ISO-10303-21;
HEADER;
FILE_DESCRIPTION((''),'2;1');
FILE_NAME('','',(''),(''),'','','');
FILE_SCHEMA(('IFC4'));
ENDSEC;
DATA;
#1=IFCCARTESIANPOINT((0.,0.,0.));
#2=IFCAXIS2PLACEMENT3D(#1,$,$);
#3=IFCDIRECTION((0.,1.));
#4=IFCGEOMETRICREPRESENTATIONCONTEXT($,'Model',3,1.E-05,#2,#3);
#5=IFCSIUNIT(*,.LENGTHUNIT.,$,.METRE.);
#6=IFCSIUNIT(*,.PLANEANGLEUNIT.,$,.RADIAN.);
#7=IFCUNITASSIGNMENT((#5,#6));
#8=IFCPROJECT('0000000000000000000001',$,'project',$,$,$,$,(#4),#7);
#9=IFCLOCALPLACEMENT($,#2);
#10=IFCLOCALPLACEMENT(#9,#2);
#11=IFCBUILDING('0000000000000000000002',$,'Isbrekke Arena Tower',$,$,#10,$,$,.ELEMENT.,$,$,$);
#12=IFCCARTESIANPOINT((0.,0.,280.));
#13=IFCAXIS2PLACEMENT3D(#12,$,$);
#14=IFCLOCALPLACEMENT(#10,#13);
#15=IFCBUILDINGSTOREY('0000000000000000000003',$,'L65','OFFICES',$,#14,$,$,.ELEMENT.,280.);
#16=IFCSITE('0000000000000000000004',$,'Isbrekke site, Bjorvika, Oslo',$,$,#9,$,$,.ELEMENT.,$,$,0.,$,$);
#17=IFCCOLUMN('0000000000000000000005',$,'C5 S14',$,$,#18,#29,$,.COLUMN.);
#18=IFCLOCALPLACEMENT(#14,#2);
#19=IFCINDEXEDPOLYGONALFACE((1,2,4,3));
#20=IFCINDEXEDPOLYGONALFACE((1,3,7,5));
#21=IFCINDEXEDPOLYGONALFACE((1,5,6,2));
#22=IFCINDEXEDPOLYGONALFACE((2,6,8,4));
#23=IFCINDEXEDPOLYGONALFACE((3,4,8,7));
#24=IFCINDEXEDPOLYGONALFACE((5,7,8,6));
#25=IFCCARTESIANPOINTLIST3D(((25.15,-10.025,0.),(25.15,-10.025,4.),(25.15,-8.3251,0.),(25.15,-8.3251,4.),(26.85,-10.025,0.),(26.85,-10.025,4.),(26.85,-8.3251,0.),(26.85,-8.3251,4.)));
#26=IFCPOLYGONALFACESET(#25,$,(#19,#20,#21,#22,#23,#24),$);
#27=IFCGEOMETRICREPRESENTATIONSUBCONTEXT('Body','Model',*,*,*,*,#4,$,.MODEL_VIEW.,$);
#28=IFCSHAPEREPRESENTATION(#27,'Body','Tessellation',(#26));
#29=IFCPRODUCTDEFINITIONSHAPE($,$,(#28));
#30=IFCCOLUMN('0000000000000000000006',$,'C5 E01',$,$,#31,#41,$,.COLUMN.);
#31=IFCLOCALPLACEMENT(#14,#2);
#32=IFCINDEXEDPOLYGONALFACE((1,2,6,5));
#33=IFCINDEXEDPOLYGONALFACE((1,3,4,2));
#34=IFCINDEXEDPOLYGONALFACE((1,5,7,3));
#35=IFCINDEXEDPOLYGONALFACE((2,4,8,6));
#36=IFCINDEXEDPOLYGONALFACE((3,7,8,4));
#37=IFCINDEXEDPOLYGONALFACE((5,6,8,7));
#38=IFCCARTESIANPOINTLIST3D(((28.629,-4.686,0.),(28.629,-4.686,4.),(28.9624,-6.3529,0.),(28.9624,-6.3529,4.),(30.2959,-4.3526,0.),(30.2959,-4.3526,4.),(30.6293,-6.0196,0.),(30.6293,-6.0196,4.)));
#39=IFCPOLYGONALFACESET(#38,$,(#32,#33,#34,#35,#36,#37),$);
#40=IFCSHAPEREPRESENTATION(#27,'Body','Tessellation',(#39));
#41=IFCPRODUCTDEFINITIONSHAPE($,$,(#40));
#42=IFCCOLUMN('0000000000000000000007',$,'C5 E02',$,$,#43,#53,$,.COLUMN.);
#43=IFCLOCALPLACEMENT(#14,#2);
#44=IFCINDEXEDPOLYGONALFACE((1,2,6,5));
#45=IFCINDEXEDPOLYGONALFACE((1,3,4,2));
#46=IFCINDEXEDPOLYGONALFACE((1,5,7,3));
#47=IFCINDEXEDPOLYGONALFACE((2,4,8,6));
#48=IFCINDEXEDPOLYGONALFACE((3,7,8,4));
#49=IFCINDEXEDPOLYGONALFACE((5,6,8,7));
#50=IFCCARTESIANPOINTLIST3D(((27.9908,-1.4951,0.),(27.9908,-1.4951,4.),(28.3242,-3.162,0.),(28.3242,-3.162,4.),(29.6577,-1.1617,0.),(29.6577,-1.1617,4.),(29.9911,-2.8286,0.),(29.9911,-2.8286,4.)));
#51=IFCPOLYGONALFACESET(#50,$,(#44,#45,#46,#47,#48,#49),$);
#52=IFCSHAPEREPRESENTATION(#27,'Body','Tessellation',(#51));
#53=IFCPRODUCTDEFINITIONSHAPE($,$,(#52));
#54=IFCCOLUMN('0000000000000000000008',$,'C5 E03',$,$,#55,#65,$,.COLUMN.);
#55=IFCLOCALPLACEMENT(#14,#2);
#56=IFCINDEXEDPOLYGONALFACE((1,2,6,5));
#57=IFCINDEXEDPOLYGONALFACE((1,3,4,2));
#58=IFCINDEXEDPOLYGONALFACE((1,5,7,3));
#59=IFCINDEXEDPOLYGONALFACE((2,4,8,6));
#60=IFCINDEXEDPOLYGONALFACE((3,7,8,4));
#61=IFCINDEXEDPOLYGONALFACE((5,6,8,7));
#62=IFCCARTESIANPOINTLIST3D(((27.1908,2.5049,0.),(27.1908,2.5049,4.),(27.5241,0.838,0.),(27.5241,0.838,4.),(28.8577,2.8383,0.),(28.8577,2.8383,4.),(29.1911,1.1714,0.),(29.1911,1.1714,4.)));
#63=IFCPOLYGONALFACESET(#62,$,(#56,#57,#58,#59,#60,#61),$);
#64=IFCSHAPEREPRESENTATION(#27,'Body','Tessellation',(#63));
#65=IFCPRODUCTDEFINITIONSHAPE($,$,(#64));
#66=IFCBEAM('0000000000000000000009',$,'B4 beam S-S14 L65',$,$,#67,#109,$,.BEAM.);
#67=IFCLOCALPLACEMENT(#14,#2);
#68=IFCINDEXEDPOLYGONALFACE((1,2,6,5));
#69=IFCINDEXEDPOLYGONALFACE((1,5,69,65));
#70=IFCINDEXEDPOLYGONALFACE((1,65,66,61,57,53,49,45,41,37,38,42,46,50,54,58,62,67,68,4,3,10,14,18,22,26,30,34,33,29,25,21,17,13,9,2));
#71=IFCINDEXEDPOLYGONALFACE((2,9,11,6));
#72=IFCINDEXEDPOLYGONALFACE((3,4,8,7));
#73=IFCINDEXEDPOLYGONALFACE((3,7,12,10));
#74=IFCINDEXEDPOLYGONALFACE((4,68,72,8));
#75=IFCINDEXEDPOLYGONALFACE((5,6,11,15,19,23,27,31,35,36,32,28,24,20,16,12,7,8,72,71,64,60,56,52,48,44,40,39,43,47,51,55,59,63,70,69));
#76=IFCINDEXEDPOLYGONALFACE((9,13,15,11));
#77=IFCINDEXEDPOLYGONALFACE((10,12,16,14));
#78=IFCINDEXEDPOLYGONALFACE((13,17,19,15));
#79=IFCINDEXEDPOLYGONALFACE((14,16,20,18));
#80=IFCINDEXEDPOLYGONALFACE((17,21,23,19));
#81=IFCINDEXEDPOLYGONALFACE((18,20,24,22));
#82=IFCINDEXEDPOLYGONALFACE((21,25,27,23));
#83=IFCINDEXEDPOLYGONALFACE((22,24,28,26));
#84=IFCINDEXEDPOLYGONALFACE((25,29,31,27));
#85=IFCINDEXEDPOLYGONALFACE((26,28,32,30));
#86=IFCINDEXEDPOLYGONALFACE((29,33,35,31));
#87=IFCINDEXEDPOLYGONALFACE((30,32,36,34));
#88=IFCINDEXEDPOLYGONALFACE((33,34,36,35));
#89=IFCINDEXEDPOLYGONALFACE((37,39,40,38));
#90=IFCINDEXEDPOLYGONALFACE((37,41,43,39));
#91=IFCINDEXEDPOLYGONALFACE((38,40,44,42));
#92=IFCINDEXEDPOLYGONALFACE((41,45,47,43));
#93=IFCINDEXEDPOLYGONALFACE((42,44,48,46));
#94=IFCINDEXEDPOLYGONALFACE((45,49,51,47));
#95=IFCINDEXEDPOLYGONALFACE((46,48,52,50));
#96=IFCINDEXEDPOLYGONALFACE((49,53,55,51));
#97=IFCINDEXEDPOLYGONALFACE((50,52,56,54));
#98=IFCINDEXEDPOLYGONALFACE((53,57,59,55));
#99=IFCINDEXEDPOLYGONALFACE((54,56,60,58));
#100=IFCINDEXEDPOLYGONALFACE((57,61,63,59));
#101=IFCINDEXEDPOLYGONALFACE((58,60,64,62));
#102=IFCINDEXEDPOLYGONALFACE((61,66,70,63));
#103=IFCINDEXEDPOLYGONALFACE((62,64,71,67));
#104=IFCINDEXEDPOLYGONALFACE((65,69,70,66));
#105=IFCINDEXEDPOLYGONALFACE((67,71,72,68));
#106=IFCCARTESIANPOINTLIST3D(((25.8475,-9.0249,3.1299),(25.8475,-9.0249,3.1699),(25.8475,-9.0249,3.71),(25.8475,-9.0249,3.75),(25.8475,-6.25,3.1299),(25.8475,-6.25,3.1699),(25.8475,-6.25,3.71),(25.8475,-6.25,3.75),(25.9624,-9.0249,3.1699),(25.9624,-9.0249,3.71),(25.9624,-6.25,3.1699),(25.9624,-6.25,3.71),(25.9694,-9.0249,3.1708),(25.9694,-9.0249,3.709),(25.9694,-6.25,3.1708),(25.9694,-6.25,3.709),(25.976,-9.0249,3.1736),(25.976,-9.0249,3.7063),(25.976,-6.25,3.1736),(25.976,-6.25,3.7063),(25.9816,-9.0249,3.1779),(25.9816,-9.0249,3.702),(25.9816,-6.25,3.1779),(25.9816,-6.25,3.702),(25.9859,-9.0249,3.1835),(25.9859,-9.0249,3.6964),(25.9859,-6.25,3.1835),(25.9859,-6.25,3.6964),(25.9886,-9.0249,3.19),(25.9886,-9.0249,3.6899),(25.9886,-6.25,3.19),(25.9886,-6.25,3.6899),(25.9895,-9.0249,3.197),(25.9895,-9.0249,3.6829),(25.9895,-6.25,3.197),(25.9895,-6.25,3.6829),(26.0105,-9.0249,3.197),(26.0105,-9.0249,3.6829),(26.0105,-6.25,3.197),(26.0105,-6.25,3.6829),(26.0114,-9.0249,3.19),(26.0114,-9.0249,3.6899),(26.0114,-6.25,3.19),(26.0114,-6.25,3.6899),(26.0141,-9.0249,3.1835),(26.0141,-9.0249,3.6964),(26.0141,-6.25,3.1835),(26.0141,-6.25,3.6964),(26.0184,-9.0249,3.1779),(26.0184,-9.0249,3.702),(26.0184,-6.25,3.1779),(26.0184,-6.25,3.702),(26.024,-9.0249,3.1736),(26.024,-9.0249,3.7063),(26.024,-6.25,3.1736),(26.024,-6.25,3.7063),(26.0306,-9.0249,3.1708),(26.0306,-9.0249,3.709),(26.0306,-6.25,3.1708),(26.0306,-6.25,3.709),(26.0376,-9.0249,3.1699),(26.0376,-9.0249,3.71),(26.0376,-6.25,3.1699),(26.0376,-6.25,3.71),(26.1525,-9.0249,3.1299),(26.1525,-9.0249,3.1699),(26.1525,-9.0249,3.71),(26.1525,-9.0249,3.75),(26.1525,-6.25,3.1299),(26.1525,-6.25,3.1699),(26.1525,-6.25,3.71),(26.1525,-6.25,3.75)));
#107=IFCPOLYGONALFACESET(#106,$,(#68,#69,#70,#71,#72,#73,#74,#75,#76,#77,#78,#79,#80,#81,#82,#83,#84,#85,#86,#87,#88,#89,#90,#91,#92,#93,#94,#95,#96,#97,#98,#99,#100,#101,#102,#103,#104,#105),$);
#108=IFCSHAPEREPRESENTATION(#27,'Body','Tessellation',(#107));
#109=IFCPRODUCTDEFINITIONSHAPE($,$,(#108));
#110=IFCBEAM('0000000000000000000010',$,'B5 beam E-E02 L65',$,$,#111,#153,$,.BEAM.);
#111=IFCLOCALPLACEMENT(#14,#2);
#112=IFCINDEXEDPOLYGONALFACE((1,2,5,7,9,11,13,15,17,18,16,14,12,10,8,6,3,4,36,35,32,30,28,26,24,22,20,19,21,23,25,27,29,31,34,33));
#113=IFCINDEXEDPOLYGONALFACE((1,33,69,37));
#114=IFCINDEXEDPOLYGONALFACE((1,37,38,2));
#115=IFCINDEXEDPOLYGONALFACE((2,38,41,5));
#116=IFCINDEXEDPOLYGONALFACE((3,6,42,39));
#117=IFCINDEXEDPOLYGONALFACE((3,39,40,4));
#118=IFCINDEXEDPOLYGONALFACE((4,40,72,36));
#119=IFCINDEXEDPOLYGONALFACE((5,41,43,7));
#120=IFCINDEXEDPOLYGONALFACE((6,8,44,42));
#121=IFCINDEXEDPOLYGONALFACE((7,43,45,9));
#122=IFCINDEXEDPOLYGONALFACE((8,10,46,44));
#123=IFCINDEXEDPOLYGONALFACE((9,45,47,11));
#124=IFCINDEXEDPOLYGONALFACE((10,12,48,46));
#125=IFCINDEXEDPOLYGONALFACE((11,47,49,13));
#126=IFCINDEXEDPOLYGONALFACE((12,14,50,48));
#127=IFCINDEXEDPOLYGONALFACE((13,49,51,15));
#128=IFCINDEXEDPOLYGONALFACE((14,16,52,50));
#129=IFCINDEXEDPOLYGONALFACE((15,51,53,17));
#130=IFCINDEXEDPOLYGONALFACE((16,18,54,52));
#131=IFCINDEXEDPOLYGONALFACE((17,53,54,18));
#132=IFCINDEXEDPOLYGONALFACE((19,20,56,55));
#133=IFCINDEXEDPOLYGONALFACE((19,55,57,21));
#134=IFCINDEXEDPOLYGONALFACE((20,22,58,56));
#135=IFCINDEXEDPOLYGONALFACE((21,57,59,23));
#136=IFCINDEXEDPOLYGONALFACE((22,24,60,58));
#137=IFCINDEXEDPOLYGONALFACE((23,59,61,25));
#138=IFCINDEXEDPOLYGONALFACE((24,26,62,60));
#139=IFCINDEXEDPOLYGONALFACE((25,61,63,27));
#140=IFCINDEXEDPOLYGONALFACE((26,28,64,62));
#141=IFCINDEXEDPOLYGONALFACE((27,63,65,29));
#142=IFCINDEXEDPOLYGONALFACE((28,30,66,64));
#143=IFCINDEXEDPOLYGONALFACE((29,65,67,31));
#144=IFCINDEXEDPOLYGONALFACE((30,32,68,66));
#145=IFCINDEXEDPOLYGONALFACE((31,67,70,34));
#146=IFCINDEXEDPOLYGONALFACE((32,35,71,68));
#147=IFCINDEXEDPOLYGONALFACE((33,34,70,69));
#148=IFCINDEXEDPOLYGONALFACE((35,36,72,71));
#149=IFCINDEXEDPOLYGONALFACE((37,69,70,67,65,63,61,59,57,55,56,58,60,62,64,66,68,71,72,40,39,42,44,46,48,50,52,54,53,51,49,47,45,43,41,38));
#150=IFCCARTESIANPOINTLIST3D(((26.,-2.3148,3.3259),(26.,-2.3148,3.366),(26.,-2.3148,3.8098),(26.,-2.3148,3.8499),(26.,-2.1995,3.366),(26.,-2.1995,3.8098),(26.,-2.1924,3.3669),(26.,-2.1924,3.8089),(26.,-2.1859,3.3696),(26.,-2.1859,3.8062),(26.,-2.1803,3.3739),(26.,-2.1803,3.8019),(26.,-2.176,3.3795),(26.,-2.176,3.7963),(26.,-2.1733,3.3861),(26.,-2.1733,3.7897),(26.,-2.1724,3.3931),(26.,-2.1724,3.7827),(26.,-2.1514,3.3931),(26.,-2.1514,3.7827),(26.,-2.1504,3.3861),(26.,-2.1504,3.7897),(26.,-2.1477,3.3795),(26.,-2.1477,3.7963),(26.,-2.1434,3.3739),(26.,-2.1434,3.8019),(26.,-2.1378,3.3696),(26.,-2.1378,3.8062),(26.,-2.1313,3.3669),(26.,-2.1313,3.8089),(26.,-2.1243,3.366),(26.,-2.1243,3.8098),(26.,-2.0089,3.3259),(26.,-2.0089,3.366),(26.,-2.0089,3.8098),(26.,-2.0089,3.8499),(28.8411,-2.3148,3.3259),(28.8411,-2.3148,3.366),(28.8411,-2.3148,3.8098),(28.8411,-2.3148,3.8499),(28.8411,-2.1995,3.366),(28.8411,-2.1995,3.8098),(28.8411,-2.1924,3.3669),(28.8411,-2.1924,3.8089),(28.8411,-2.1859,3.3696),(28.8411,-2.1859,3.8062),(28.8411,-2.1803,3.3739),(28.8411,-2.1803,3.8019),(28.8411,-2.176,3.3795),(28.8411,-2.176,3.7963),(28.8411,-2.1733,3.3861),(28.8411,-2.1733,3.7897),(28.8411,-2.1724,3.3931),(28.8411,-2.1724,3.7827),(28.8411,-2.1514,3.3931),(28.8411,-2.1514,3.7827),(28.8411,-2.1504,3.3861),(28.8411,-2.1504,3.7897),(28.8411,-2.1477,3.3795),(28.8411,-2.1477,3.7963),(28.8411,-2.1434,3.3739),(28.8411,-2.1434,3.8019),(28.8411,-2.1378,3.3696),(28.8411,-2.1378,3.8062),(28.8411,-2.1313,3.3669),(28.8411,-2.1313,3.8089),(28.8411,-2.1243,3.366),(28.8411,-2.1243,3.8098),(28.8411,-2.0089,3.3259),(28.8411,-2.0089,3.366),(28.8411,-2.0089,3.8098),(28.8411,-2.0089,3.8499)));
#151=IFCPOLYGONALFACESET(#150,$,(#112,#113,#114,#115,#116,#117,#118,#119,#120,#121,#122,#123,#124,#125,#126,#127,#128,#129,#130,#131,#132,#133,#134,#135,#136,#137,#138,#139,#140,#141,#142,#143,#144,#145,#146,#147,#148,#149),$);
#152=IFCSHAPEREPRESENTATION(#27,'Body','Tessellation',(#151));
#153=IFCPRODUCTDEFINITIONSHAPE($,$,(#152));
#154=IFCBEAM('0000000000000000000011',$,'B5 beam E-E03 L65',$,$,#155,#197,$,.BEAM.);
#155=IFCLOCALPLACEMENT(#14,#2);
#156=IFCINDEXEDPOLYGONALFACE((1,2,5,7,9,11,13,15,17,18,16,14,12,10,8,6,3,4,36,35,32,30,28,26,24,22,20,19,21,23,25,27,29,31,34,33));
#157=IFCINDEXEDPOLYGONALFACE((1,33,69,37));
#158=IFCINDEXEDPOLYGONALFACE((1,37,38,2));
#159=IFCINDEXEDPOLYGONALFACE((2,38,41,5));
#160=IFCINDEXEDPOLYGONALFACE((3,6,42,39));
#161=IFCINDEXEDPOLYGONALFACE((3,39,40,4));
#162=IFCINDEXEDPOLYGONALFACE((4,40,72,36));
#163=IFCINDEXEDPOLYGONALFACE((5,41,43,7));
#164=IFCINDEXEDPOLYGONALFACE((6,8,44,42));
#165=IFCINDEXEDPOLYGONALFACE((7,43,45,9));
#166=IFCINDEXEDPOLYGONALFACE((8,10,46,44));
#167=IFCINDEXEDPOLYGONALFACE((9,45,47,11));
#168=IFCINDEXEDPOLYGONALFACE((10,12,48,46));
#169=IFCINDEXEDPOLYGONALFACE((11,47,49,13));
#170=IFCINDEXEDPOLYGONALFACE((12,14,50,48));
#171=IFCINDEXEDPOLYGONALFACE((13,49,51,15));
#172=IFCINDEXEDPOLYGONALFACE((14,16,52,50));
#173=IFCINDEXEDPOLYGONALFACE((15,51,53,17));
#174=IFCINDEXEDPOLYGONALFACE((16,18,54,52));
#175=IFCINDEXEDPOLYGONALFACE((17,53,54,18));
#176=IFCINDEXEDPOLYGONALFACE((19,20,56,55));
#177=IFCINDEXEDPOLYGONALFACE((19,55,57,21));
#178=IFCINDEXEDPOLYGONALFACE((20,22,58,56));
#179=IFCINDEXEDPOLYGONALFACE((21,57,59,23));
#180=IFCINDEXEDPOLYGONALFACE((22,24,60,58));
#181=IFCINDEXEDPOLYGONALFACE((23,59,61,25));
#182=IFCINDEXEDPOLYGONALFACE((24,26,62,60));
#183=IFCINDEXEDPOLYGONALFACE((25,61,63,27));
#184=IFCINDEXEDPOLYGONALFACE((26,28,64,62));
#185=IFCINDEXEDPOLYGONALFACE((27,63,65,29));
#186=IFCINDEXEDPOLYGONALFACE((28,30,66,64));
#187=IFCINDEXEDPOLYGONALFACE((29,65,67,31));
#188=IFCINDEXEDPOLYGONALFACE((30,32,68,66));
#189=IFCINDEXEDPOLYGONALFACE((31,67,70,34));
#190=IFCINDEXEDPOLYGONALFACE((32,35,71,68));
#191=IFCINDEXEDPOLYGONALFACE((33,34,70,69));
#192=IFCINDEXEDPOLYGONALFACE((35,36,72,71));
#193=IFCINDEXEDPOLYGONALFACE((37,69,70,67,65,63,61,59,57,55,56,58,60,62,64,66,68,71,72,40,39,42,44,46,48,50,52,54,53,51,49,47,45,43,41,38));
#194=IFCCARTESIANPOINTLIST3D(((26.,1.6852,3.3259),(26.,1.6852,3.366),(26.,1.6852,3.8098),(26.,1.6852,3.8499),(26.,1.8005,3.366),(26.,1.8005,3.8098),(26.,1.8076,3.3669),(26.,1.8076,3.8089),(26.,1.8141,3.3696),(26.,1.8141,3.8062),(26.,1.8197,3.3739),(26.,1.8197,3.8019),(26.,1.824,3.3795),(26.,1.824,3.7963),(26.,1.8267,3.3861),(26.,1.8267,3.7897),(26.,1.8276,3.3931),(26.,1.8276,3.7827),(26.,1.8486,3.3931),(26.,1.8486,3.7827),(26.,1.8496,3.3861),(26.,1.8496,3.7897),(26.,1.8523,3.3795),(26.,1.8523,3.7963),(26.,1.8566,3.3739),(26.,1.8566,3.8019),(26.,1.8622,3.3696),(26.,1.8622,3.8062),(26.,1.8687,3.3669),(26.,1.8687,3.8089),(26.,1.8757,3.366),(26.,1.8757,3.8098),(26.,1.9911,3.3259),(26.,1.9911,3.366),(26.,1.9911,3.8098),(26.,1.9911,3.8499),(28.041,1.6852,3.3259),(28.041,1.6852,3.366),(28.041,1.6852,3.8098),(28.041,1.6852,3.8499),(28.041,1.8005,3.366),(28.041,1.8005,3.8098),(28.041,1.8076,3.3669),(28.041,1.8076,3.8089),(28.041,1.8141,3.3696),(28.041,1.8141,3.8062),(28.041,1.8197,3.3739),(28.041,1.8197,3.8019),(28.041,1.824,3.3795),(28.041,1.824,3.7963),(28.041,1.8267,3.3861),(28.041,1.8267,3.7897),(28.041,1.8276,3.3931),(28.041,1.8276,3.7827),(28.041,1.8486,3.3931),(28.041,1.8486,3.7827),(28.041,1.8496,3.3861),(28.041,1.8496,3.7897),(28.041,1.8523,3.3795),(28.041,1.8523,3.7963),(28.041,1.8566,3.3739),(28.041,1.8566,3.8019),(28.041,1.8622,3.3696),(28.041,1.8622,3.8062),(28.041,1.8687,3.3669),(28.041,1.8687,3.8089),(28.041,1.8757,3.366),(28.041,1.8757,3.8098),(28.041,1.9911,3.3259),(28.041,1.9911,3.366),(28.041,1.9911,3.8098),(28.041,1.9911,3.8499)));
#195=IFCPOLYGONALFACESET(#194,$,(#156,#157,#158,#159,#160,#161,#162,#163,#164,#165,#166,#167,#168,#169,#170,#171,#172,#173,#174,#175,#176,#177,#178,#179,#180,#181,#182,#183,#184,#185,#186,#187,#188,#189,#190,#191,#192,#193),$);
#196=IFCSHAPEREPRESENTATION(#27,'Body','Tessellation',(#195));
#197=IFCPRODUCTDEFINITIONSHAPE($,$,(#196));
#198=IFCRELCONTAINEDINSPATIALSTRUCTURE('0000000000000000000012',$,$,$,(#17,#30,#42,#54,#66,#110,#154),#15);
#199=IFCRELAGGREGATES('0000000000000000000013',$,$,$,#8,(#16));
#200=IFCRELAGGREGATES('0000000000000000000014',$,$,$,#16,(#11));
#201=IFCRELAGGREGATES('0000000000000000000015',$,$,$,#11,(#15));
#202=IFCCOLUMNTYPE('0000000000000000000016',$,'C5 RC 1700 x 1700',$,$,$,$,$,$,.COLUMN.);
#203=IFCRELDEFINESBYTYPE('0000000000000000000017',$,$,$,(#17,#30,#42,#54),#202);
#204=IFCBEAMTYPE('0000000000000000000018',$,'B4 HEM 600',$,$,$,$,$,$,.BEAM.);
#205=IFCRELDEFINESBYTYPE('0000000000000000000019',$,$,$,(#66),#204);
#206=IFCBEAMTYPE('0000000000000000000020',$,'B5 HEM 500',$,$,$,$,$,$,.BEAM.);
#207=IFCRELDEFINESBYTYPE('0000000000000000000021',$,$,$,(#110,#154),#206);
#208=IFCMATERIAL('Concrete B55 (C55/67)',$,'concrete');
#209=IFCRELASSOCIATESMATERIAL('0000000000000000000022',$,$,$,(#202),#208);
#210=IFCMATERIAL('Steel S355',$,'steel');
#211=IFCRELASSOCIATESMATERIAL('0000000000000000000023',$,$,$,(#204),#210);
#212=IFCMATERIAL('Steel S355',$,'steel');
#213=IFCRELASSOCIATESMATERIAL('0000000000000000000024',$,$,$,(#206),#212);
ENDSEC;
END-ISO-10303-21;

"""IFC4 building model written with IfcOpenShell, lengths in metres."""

from ifc_helpers import new_model, si_unit, direction, frame, origin, origin_2d, place, context, subcontext, project, spatial, rectangle, i_section, extrude, material, material_profile, profile_set, type_object, element, save


model = new_model("IFC4")

# Units and contexts
model_context = context("Model", 3, precision=1e-05, world=origin(), true_north=direction((0.0, 1.0)))
body_context = subcontext(model_context, "Body", "Model", "MODEL_VIEW")
ifc_project = project(units=[si_unit("LENGTHUNIT", "METRE"), si_unit("PLANEANGLEUNIT", "RADIAN")], contexts=[model_context])

# Site, building, storey
site_placement = place(None, origin())
site = spatial("IfcSite", under=ifc_project, at=site_placement, Name="Isbrekke site, Bjorvika, Oslo", CompositionType="ELEMENT", RefElevation=0.0)
building_placement = place(site_placement, origin())
building = spatial("IfcBuilding", under=site, at=building_placement, Name="Isbrekke Arena Tower", CompositionType="ELEMENT")
storey_placement = place(building_placement, frame((0.0, 0.0, 280.0)))
storey = spatial("IfcBuildingStorey", under=building, at=storey_placement, Name="L65", Description="OFFICES", CompositionType="ELEMENT", Elevation=280.0)

# Columns
ifc_material_1 = material(Name="Concrete B55 (C55/67)", Category="concrete")
ifc_material_profile_1 = material_profile(ifc_material_1, rectangle(XDim=1.7, YDim=1.7, at=origin_2d()), Name="RC 1700x1700")
ifc_profile_set_1 = profile_set([ifc_material_profile_1], Name="Concrete B55 (C55/67)")
column_type = type_object("IfcColumnType", Name="C5 RC 1700 x 1700", PredefinedType="COLUMN", material=ifc_profile_set_1)
for number, where, z_axis, x_axis, name in (
    (1, (26.0, -9.175, 0.0), (0.0, 0.0, 1.0), (1.0, 0.0, 0.0), "C5 S14"),
    (2, (29.6292, -5.3528, 0.0), (0.0, 0.0, 1.0), (-0.196116, 0.980581, 0.0), "C5 E01"),
    (3, (28.991, -2.1619, 0.0), (0.0, 0.0, 1.0), (-0.196116, 0.980581, 0.0), "C5 E02"),
    (4, (28.1909, 1.8381, 0.0), (0.0, 0.0, 1.0), (-0.196116, 0.980581, 0.0), "C5 E03"),
):
    element("IfcColumn", number, at=place(storey_placement, frame(where, z_axis=z_axis, x_axis=x_axis)), inside=storey, type_object=column_type, Name=name, PredefinedType="COLUMN", context=body_context, shape_type="SweptSolid", body=[
        extrude(rectangle(XDim=1.7, YDim=1.7, at=origin_2d()), origin(), (0.0, 0.0, 1.0), 4.0),
    ])

# Beams
ifc_material_2 = material(Name="Steel S355", Category="steel")
ifc_material_profile_2 = material_profile(ifc_material_2, i_section(OverallWidth=0.3049, OverallDepth=0.6201, WebThickness=0.021, FlangeThickness=0.04, FilletRadius=0.0271, at=origin_2d()), Name="HEM 600")
ifc_profile_set_2 = profile_set([ifc_material_profile_2], Name="Steel S355")
beam_type_1 = type_object("IfcBeamType", Name="B4 HEM 600", PredefinedType="BEAM", material=ifc_profile_set_2)
beam_1_placement = place(storey_placement, frame((26.0, -9.0249, 3.4399), z_axis=(0.0, 1.0, 0.0), x_axis=(-1.0, 0.0, 0.0)))
element("IfcBeam", 5, at=beam_1_placement, inside=storey, type_object=beam_type_1, Name="B4 beam S-S14 L65", PredefinedType="BEAM", context=body_context, shape_type="SweptSolid", body=[
    extrude(i_section(OverallWidth=0.3049, OverallDepth=0.6201, WebThickness=0.021, FlangeThickness=0.04, FilletRadius=0.0271, at=origin_2d()), origin(), (0.0, 0.0, 1.0), 2.7749),
])
ifc_material_3 = material(Name="Steel S355", Category="steel")
ifc_material_profile_3 = material_profile(ifc_material_3, i_section(OverallWidth=0.3059, OverallDepth=0.5239, WebThickness=0.021, FlangeThickness=0.04, FilletRadius=0.0271, at=origin_2d()), Name="HEM 500")
ifc_profile_set_3 = profile_set([ifc_material_profile_3], Name="Steel S355")
beam_type_2 = type_object("IfcBeamType", Name="B5 HEM 500", PredefinedType="BEAM", material=ifc_profile_set_3)
beam_2_placement = place(storey_placement, frame((28.8411, -2.1619, 3.5879), z_axis=(-1.0, 0.0, 0.0), x_axis=(0.0, -1.0, 0.0)))
element("IfcBeam", 6, at=beam_2_placement, inside=storey, type_object=beam_type_2, Name="B5 beam E-E02 L65", PredefinedType="BEAM", context=body_context, shape_type="SweptSolid", body=[
    extrude(i_section(OverallWidth=0.3059, OverallDepth=0.5239, WebThickness=0.021, FlangeThickness=0.04, FilletRadius=0.0271, at=origin_2d()), origin(), (0.0, 0.0, 1.0), 2.8411),
])
beam_3_placement = place(storey_placement, frame((28.041, 1.8381, 3.5879), z_axis=(-1.0, 0.0, 0.0), x_axis=(0.0, -1.0, 0.0)))
element("IfcBeam", 7, at=beam_3_placement, inside=storey, type_object=beam_type_2, Name="B5 beam E-E03 L65", PredefinedType="BEAM", context=body_context, shape_type="SweptSolid", body=[
    extrude(i_section(OverallWidth=0.3059, OverallDepth=0.5239, WebThickness=0.021, FlangeThickness=0.04, FilletRadius=0.0271, at=origin_2d()), origin(), (0.0, 0.0, 1.0), 2.041),
])

save(model, "model.ifc")
